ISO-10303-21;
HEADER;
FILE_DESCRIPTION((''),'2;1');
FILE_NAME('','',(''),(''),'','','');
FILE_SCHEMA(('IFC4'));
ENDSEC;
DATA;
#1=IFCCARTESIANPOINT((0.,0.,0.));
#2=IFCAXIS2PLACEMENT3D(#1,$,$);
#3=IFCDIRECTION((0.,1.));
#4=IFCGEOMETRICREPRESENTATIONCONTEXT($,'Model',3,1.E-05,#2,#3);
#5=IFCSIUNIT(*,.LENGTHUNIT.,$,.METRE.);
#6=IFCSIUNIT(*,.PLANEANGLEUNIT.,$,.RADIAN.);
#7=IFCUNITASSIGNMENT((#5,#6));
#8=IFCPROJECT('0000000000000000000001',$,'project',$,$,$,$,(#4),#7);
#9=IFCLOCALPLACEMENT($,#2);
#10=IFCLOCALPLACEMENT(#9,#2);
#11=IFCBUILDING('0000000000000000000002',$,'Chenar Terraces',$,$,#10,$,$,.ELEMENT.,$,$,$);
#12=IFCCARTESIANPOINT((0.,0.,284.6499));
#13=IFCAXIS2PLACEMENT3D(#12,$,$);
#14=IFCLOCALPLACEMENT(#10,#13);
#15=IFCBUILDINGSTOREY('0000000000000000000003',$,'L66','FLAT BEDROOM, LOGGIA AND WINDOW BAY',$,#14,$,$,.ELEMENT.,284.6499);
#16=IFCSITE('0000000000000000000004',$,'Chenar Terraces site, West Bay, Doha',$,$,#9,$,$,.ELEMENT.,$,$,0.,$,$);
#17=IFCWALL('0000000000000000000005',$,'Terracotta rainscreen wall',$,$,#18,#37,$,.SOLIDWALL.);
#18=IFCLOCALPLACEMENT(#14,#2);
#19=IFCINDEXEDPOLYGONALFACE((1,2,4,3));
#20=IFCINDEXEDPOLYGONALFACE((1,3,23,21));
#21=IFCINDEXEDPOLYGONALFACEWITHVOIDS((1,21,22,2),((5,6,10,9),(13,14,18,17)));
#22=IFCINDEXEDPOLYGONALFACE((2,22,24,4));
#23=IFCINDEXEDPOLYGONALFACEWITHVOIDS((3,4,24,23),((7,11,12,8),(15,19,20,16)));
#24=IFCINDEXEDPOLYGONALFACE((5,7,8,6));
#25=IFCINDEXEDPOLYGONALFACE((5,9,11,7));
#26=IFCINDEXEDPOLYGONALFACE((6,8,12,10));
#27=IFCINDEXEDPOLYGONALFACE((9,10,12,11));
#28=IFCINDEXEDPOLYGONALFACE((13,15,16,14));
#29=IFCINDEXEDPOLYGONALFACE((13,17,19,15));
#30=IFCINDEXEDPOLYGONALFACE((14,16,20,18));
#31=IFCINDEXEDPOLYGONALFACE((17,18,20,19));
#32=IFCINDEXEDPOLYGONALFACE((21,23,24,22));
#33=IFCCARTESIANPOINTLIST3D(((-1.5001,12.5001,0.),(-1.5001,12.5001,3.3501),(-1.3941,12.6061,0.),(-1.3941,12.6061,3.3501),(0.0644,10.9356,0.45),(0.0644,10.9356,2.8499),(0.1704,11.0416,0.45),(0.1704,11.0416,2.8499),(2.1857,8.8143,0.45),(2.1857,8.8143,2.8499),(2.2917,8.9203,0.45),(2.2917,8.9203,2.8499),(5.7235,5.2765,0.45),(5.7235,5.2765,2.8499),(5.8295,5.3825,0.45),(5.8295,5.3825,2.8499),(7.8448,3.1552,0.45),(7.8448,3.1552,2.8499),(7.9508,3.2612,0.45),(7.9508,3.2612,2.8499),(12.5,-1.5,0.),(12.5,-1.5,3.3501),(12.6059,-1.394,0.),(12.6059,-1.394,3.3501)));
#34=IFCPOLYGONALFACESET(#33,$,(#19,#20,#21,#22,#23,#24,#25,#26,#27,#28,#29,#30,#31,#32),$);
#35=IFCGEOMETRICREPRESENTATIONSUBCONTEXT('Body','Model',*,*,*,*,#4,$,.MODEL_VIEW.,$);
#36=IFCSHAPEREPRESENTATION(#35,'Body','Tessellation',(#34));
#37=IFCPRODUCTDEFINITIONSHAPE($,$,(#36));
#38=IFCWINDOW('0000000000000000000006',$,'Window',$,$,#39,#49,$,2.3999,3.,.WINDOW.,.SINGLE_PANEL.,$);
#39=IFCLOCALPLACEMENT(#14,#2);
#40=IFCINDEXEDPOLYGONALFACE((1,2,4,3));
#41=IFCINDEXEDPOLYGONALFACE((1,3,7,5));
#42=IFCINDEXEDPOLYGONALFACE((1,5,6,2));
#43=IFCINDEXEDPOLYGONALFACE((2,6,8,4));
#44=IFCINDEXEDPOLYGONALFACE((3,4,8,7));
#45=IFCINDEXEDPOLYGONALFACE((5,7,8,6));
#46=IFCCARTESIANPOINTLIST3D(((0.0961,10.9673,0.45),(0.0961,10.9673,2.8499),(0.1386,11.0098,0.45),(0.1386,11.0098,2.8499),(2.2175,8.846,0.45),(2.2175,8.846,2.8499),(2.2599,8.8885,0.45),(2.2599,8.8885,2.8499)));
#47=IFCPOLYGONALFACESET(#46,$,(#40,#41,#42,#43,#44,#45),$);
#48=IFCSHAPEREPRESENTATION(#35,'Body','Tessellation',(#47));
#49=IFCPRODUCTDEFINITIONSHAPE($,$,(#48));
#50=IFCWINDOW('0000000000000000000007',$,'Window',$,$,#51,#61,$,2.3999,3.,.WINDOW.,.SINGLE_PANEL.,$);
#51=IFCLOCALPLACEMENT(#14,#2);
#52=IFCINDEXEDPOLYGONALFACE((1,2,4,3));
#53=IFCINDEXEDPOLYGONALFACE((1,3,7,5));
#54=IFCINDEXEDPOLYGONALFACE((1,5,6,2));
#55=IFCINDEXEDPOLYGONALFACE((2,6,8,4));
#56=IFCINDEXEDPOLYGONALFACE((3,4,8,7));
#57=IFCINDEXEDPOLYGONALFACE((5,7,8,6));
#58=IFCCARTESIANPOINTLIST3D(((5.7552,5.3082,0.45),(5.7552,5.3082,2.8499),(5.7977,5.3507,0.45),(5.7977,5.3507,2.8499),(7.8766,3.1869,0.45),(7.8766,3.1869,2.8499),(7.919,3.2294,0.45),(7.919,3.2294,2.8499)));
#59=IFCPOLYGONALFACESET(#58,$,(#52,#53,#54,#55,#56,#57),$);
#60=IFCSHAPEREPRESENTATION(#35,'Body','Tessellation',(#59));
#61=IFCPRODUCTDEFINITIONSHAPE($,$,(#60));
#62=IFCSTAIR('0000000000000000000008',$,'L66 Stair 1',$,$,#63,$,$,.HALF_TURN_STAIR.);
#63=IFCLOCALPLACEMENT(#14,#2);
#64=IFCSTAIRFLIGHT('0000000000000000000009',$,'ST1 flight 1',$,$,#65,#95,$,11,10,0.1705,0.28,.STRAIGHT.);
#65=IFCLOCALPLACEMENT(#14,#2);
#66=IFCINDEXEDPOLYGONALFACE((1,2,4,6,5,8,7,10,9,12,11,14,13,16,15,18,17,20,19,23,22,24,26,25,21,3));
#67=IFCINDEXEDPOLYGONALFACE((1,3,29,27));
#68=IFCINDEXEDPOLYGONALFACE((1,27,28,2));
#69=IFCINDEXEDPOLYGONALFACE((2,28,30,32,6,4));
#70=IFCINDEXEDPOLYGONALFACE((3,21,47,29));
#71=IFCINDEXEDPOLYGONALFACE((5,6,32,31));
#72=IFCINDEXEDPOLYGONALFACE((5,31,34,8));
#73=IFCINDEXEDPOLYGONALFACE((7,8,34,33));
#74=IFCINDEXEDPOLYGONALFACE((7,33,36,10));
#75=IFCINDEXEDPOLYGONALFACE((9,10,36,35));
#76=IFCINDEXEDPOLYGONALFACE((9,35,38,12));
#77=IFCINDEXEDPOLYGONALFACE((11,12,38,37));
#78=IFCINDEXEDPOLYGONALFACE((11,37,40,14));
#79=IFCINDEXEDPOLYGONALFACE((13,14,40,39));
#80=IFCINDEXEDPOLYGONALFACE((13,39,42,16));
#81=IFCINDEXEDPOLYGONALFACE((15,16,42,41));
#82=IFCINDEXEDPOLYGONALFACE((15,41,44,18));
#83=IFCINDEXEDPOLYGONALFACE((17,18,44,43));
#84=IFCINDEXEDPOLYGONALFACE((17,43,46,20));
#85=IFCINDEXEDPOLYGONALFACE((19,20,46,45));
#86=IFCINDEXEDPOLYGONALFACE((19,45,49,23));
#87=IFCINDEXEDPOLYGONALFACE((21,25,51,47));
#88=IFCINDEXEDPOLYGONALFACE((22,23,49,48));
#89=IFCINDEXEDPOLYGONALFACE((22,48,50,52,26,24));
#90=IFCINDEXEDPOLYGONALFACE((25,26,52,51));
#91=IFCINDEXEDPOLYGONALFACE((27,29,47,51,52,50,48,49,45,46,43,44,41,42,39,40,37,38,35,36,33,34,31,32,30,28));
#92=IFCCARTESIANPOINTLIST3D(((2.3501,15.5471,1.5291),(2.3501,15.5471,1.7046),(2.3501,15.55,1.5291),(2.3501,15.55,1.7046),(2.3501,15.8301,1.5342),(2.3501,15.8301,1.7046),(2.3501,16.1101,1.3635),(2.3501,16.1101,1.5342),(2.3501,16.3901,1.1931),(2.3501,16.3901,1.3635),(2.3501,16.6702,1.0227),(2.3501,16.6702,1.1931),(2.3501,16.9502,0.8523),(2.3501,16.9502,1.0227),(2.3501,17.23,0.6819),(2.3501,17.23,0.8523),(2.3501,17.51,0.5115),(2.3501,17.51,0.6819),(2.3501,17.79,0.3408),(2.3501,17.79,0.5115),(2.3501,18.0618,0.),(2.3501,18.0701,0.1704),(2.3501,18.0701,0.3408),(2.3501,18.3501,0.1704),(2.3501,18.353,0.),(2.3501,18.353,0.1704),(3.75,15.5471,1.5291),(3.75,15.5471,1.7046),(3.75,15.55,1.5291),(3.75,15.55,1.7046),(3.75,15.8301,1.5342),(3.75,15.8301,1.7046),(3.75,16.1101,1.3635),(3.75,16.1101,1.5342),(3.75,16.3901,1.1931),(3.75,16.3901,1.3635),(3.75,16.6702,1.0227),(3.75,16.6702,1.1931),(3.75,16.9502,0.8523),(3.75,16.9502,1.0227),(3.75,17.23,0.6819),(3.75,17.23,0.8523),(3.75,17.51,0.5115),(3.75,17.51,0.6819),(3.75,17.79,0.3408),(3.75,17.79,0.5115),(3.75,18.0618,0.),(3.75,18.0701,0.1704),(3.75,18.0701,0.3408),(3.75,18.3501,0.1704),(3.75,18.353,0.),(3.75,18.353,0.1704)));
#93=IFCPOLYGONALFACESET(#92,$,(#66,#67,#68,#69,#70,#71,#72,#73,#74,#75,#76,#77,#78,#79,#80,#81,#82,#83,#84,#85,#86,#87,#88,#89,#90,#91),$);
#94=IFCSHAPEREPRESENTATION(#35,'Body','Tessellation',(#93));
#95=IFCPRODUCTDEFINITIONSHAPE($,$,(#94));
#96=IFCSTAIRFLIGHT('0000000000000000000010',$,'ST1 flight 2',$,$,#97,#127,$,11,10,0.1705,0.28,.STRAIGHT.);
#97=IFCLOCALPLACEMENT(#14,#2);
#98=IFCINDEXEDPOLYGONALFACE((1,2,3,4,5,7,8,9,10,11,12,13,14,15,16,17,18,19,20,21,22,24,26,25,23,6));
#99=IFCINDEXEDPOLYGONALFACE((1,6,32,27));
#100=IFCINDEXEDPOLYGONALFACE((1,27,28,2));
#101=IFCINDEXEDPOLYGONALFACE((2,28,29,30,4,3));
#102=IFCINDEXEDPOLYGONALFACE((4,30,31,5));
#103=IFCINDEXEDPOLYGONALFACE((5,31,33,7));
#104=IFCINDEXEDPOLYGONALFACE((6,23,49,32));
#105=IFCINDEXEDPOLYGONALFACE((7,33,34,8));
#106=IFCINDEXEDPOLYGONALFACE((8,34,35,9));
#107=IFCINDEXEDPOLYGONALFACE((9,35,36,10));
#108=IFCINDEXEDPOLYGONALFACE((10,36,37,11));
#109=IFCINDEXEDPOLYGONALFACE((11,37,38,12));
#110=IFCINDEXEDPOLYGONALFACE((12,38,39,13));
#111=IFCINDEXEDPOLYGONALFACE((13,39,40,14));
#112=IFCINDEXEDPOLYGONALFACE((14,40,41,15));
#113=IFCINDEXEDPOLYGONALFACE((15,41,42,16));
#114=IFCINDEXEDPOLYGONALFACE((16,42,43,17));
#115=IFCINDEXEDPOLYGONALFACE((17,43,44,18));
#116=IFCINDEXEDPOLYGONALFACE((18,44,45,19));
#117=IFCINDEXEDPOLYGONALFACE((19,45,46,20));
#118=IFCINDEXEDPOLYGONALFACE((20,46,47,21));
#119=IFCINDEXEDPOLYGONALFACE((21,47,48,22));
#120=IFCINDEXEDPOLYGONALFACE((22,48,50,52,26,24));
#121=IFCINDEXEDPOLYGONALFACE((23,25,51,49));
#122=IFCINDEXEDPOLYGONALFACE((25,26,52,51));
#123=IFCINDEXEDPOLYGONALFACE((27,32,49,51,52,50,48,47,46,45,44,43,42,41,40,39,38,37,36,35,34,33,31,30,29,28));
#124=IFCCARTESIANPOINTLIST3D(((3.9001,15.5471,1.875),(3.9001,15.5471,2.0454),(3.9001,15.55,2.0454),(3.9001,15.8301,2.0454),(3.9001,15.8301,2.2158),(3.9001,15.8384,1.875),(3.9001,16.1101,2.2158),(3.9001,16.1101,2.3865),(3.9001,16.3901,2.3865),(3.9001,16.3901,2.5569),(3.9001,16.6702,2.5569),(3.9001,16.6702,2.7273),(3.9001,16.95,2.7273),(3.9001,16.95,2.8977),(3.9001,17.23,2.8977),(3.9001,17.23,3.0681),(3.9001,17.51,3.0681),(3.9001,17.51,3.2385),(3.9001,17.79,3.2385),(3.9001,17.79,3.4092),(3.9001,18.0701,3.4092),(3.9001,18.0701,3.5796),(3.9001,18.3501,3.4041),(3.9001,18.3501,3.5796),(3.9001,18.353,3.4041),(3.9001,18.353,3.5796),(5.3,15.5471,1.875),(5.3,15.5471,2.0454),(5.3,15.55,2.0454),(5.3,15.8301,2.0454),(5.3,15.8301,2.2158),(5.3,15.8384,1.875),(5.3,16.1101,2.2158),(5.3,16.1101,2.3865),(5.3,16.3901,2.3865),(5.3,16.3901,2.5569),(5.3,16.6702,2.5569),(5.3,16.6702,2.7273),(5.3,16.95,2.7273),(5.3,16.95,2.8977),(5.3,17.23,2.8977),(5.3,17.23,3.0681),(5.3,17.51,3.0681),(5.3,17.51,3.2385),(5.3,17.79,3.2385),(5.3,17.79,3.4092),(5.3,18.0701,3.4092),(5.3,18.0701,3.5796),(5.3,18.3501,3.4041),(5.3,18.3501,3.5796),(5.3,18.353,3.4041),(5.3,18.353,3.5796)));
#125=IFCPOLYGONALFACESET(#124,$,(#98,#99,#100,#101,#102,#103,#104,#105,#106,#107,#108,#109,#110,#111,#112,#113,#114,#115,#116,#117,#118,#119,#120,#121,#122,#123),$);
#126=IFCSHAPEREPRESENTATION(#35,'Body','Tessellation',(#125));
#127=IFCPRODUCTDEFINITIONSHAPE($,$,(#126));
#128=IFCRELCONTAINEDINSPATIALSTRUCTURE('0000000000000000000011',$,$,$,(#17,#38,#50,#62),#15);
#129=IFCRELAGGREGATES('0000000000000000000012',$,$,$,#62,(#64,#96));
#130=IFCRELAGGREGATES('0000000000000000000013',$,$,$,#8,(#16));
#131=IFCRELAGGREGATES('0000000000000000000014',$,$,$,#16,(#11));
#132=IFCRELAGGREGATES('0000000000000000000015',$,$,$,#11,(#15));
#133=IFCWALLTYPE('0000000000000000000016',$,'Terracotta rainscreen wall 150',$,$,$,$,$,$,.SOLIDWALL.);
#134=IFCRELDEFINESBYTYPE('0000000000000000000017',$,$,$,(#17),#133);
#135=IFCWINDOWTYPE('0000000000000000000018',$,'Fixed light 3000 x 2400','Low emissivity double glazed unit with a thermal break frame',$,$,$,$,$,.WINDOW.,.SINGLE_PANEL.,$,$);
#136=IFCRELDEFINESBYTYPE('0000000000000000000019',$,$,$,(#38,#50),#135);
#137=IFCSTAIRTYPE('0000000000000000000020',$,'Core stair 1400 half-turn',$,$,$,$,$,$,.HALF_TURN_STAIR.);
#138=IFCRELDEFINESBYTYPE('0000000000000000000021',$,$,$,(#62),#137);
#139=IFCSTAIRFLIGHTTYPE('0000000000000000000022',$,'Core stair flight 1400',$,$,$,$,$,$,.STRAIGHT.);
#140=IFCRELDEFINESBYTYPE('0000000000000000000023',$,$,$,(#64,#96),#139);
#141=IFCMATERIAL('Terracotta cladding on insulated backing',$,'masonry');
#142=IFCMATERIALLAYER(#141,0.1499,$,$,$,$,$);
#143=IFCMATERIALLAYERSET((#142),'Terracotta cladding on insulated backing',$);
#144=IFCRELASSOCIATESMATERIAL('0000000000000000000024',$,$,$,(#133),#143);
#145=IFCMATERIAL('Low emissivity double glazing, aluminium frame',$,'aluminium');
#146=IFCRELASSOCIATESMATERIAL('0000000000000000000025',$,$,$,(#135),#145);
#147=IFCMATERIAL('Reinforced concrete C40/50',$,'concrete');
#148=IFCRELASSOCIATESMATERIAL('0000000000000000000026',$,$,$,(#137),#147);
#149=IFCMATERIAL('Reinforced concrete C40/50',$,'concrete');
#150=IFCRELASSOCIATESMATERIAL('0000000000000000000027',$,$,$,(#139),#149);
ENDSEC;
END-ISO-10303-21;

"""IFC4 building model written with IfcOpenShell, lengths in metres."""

from ifc_helpers import new_model, si_unit, direction, frame, frame_2d, origin, place, context, subcontext, project, spatial, polyline, rectangle, outline, extrude, material, layer, layer_set, type_object, element, fill, aggregate, save


model = new_model("IFC4")

# Units and contexts
model_context = context("Model", 3, precision=1e-05, world=origin(), true_north=direction((0.0, 1.0)))
body_context = subcontext(model_context, "Body", "Model", "MODEL_VIEW")
ifc_project = project(units=[si_unit("LENGTHUNIT", "METRE"), si_unit("PLANEANGLEUNIT", "RADIAN")], contexts=[model_context])

# Site, building, storey
site_placement = place(None, origin())
site = spatial("IfcSite", under=ifc_project, at=site_placement, Name="Chenar Terraces site, West Bay, Doha", CompositionType="ELEMENT", RefElevation=0.0)
building_placement = place(site_placement, origin())
building = spatial("IfcBuilding", under=site, at=building_placement, Name="Chenar Terraces", CompositionType="ELEMENT")
storey_placement = place(building_placement, frame((0.0, 0.0, 284.6499)))
storey = spatial("IfcBuildingStorey", under=building, at=storey_placement, Name="L66", Description="FLAT BEDROOM, LOGGIA AND WINDOW BAY", CompositionType="ELEMENT", Elevation=284.6499)

# Wall, openings, windows
ifc_material_1 = material(Name="Terracotta cladding on insulated backing", Category="masonry")
ifc_layer_1 = layer(ifc_material_1, 0.1499)
ifc_layer_set_1 = layer_set([ifc_layer_1], Name="Terracotta cladding on insulated backing")
wall_type_1 = type_object("IfcWallType", Name="Terracotta rainscreen wall 150", PredefinedType="SOLIDWALL", material=ifc_layer_set_1)
wall_1_placement = place(storey_placement, frame((-1.447, 12.553, 0.0), z_axis=(0.0, 0.0, 1.0), x_axis=(0.707107, -0.707107, 0.0)))
wall_1 = element("IfcWall", 1, at=wall_1_placement, inside=storey, type_object=wall_type_1, Name="Terracotta rainscreen wall", PredefinedType="SOLIDWALL", context=body_context, shape_type="SweptSolid", body=[
    extrude(rectangle(XDim=19.7991, YDim=0.1499, at=frame_2d((9.8994, 0.0))), origin(), (0.0, 0.0, 1.0), 3.3501),
])
opening_1_placement = place(wall_1_placement, frame((2.2124, 0.0, 0.45)))
opening_1 = element("IfcOpeningElement", 2, at=opening_1_placement, cuts=wall_1, PredefinedType="OPENING", context=body_context, shape_type="SweptSolid", body=[
    extrude(rectangle(XDim=3.0, YDim=2.3999, at=frame_2d((1.5, 1.2))), frame((0.0, 0.085, 0.0), z_axis=(0.0, -1.0, 0.0), x_axis=(1.0, 0.0, 0.0)), (0.0, 0.0, 1.0), 0.1699),
])
opening_2_placement = place(wall_1_placement, frame((10.2156, 0.0, 0.45)))
opening_2 = element("IfcOpeningElement", 3, at=opening_2_placement, cuts=wall_1, PredefinedType="OPENING", context=body_context, shape_type="SweptSolid", body=[
    extrude(rectangle(XDim=3.0, YDim=2.3999, at=frame_2d((1.5, 1.2))), frame((0.0, 0.085, 0.0), z_axis=(0.0, -1.0, 0.0), x_axis=(1.0, 0.0, 0.0)), (0.0, 0.0, 1.0), 0.1699),
])
ifc_material_2 = material(Name="Low emissivity double glazing, aluminium frame", Category="aluminium")
window_type = type_object("IfcWindowType", Name="Fixed light 3000 x 2400", Description="Low emissivity double glazed unit with a thermal break frame", PartitioningType="SINGLE_PANEL", PredefinedType="WINDOW", material=ifc_material_2)
window_1_placement = place(opening_1_placement, origin())
window_1 = element("IfcWindow", 4, at=window_1_placement, inside=storey, type_object=window_type, Name="Window", OverallHeight=2.3999, OverallWidth=3.0, PartitioningType="SINGLE_PANEL", PredefinedType="WINDOW", context=body_context, shape_type="SweptSolid", body=[
    extrude(rectangle(XDim=3.0, YDim=2.3999, at=frame_2d((1.5, 1.2))), frame((0.0, 0.03, 0.0), z_axis=(0.0, -1.0, 0.0), x_axis=(1.0, 0.0, 0.0)), (0.0, 0.0, 1.0), 0.0601),
])
fill(opening_1, window_1)
window_2_placement = place(opening_2_placement, origin())
window_2 = element("IfcWindow", 5, at=window_2_placement, inside=storey, type_object=window_type, Name="Window", OverallHeight=2.3999, OverallWidth=3.0, PartitioningType="SINGLE_PANEL", PredefinedType="WINDOW", context=body_context, shape_type="SweptSolid", body=[
    extrude(rectangle(XDim=3.0, YDim=2.3999, at=frame_2d((1.5, 1.2))), frame((0.0, 0.03, 0.0), z_axis=(0.0, -1.0, 0.0), x_axis=(1.0, 0.0, 0.0)), (0.0, 0.0, 1.0), 0.0601),
])
fill(opening_2, window_2)

# Stair, stair flights
ifc_material_3 = material(Name="Reinforced concrete C40/50", Category="concrete")
stair_type = type_object("IfcStairType", Name="Core stair 1400 half-turn", PredefinedType="HALF_TURN_STAIR", material=ifc_material_3)
stair_placement = place(storey_placement, origin())
stair = element("IfcStair", 6, at=stair_placement, inside=storey, type_object=stair_type, Name="L66 Stair 1", PredefinedType="HALF_TURN_STAIR")
ifc_material_4 = material(Name="Reinforced concrete C40/50", Category="concrete")
stair_flight_type = type_object("IfcStairFlightType", Name="Core stair flight 1400", PredefinedType="STRAIGHT", material=ifc_material_4)
stair_flight_1_placement = place(storey_placement, frame((3.05, 18.3501, 0.0), z_axis=(0.0, 0.0, 1.0), x_axis=(0.0, -1.0, 0.0)))
stair_flight_1 = element("IfcStairFlight", 7, at=stair_flight_1_placement, type_object=stair_flight_type, Name="ST1 flight 1", NumberOfRisers=11, NumberOfTreads=10, PredefinedType="STRAIGHT", RiserHeight=0.1705, TreadLength=0.28, context=body_context, shape_type="SweptSolid", body=[
    extrude(outline(polyline([(-0.0029, 0.0), (-0.0029, 0.1704), (0.0, 0.1704), (0.28, 0.1704), (0.28, 0.3408), (0.5601, 0.3408), (0.5601, 0.5115), (0.8401, 0.5115), (0.8401, 0.6819), (1.1201, 0.6819), (1.1201, 0.8523), (1.3999, 0.8523), (1.3999, 1.0227), (1.6799, 1.0227), (1.6799, 1.1931), (1.96, 1.1931), (1.96, 1.3635), (2.24, 1.3635), (2.24, 1.5342), (2.52, 1.5342), (2.52, 1.7046), (2.8, 1.7046), (2.803, 1.7046), (2.803, 1.5291), (2.8, 1.5291), (0.2883, 0.0), (-0.0029, 0.0)])), frame((0.0, 0.7, 0.0), z_axis=(0.0, -1.0, 0.0), x_axis=(1.0, 0.0, 0.0)), (0.0, 0.0, 1.0), 1.3999),
])
stair_flight_2_placement = place(storey_placement, frame((4.6001, 15.55, 1.875), z_axis=(0.0, 0.0, 1.0), x_axis=(0.0, 1.0, 0.0)))
stair_flight_2 = element("IfcStairFlight", 8, at=stair_flight_2_placement, type_object=stair_flight_type, Name="ST1 flight 2", NumberOfRisers=11, NumberOfTreads=10, PredefinedType="STRAIGHT", RiserHeight=0.1705, TreadLength=0.28, context=body_context, shape_type="SweptSolid", body=[
    extrude(outline(polyline([(-0.0029, 0.0), (-0.0029, 0.1704), (0.0, 0.1704), (0.28, 0.1704), (0.28, 0.3408), (0.5601, 0.3408), (0.5601, 0.5115), (0.8401, 0.5115), (0.8401, 0.6819), (1.1201, 0.6819), (1.1201, 0.8523), (1.3999, 0.8523), (1.3999, 1.0227), (1.6799, 1.0227), (1.6799, 1.1931), (1.96, 1.1931), (1.96, 1.3635), (2.24, 1.3635), (2.24, 1.5342), (2.52, 1.5342), (2.52, 1.7046), (2.8, 1.7046), (2.803, 1.7046), (2.803, 1.5291), (2.8, 1.5291), (0.2883, 0.0), (-0.0029, 0.0)])), frame((0.0, 0.7, 0.0), z_axis=(0.0, -1.0, 0.0), x_axis=(1.0, 0.0, 0.0)), (0.0, 0.0, 1.0), 1.3999),
])
aggregate(stair, [stair_flight_1, stair_flight_2])

save(model, "model.ifc")
